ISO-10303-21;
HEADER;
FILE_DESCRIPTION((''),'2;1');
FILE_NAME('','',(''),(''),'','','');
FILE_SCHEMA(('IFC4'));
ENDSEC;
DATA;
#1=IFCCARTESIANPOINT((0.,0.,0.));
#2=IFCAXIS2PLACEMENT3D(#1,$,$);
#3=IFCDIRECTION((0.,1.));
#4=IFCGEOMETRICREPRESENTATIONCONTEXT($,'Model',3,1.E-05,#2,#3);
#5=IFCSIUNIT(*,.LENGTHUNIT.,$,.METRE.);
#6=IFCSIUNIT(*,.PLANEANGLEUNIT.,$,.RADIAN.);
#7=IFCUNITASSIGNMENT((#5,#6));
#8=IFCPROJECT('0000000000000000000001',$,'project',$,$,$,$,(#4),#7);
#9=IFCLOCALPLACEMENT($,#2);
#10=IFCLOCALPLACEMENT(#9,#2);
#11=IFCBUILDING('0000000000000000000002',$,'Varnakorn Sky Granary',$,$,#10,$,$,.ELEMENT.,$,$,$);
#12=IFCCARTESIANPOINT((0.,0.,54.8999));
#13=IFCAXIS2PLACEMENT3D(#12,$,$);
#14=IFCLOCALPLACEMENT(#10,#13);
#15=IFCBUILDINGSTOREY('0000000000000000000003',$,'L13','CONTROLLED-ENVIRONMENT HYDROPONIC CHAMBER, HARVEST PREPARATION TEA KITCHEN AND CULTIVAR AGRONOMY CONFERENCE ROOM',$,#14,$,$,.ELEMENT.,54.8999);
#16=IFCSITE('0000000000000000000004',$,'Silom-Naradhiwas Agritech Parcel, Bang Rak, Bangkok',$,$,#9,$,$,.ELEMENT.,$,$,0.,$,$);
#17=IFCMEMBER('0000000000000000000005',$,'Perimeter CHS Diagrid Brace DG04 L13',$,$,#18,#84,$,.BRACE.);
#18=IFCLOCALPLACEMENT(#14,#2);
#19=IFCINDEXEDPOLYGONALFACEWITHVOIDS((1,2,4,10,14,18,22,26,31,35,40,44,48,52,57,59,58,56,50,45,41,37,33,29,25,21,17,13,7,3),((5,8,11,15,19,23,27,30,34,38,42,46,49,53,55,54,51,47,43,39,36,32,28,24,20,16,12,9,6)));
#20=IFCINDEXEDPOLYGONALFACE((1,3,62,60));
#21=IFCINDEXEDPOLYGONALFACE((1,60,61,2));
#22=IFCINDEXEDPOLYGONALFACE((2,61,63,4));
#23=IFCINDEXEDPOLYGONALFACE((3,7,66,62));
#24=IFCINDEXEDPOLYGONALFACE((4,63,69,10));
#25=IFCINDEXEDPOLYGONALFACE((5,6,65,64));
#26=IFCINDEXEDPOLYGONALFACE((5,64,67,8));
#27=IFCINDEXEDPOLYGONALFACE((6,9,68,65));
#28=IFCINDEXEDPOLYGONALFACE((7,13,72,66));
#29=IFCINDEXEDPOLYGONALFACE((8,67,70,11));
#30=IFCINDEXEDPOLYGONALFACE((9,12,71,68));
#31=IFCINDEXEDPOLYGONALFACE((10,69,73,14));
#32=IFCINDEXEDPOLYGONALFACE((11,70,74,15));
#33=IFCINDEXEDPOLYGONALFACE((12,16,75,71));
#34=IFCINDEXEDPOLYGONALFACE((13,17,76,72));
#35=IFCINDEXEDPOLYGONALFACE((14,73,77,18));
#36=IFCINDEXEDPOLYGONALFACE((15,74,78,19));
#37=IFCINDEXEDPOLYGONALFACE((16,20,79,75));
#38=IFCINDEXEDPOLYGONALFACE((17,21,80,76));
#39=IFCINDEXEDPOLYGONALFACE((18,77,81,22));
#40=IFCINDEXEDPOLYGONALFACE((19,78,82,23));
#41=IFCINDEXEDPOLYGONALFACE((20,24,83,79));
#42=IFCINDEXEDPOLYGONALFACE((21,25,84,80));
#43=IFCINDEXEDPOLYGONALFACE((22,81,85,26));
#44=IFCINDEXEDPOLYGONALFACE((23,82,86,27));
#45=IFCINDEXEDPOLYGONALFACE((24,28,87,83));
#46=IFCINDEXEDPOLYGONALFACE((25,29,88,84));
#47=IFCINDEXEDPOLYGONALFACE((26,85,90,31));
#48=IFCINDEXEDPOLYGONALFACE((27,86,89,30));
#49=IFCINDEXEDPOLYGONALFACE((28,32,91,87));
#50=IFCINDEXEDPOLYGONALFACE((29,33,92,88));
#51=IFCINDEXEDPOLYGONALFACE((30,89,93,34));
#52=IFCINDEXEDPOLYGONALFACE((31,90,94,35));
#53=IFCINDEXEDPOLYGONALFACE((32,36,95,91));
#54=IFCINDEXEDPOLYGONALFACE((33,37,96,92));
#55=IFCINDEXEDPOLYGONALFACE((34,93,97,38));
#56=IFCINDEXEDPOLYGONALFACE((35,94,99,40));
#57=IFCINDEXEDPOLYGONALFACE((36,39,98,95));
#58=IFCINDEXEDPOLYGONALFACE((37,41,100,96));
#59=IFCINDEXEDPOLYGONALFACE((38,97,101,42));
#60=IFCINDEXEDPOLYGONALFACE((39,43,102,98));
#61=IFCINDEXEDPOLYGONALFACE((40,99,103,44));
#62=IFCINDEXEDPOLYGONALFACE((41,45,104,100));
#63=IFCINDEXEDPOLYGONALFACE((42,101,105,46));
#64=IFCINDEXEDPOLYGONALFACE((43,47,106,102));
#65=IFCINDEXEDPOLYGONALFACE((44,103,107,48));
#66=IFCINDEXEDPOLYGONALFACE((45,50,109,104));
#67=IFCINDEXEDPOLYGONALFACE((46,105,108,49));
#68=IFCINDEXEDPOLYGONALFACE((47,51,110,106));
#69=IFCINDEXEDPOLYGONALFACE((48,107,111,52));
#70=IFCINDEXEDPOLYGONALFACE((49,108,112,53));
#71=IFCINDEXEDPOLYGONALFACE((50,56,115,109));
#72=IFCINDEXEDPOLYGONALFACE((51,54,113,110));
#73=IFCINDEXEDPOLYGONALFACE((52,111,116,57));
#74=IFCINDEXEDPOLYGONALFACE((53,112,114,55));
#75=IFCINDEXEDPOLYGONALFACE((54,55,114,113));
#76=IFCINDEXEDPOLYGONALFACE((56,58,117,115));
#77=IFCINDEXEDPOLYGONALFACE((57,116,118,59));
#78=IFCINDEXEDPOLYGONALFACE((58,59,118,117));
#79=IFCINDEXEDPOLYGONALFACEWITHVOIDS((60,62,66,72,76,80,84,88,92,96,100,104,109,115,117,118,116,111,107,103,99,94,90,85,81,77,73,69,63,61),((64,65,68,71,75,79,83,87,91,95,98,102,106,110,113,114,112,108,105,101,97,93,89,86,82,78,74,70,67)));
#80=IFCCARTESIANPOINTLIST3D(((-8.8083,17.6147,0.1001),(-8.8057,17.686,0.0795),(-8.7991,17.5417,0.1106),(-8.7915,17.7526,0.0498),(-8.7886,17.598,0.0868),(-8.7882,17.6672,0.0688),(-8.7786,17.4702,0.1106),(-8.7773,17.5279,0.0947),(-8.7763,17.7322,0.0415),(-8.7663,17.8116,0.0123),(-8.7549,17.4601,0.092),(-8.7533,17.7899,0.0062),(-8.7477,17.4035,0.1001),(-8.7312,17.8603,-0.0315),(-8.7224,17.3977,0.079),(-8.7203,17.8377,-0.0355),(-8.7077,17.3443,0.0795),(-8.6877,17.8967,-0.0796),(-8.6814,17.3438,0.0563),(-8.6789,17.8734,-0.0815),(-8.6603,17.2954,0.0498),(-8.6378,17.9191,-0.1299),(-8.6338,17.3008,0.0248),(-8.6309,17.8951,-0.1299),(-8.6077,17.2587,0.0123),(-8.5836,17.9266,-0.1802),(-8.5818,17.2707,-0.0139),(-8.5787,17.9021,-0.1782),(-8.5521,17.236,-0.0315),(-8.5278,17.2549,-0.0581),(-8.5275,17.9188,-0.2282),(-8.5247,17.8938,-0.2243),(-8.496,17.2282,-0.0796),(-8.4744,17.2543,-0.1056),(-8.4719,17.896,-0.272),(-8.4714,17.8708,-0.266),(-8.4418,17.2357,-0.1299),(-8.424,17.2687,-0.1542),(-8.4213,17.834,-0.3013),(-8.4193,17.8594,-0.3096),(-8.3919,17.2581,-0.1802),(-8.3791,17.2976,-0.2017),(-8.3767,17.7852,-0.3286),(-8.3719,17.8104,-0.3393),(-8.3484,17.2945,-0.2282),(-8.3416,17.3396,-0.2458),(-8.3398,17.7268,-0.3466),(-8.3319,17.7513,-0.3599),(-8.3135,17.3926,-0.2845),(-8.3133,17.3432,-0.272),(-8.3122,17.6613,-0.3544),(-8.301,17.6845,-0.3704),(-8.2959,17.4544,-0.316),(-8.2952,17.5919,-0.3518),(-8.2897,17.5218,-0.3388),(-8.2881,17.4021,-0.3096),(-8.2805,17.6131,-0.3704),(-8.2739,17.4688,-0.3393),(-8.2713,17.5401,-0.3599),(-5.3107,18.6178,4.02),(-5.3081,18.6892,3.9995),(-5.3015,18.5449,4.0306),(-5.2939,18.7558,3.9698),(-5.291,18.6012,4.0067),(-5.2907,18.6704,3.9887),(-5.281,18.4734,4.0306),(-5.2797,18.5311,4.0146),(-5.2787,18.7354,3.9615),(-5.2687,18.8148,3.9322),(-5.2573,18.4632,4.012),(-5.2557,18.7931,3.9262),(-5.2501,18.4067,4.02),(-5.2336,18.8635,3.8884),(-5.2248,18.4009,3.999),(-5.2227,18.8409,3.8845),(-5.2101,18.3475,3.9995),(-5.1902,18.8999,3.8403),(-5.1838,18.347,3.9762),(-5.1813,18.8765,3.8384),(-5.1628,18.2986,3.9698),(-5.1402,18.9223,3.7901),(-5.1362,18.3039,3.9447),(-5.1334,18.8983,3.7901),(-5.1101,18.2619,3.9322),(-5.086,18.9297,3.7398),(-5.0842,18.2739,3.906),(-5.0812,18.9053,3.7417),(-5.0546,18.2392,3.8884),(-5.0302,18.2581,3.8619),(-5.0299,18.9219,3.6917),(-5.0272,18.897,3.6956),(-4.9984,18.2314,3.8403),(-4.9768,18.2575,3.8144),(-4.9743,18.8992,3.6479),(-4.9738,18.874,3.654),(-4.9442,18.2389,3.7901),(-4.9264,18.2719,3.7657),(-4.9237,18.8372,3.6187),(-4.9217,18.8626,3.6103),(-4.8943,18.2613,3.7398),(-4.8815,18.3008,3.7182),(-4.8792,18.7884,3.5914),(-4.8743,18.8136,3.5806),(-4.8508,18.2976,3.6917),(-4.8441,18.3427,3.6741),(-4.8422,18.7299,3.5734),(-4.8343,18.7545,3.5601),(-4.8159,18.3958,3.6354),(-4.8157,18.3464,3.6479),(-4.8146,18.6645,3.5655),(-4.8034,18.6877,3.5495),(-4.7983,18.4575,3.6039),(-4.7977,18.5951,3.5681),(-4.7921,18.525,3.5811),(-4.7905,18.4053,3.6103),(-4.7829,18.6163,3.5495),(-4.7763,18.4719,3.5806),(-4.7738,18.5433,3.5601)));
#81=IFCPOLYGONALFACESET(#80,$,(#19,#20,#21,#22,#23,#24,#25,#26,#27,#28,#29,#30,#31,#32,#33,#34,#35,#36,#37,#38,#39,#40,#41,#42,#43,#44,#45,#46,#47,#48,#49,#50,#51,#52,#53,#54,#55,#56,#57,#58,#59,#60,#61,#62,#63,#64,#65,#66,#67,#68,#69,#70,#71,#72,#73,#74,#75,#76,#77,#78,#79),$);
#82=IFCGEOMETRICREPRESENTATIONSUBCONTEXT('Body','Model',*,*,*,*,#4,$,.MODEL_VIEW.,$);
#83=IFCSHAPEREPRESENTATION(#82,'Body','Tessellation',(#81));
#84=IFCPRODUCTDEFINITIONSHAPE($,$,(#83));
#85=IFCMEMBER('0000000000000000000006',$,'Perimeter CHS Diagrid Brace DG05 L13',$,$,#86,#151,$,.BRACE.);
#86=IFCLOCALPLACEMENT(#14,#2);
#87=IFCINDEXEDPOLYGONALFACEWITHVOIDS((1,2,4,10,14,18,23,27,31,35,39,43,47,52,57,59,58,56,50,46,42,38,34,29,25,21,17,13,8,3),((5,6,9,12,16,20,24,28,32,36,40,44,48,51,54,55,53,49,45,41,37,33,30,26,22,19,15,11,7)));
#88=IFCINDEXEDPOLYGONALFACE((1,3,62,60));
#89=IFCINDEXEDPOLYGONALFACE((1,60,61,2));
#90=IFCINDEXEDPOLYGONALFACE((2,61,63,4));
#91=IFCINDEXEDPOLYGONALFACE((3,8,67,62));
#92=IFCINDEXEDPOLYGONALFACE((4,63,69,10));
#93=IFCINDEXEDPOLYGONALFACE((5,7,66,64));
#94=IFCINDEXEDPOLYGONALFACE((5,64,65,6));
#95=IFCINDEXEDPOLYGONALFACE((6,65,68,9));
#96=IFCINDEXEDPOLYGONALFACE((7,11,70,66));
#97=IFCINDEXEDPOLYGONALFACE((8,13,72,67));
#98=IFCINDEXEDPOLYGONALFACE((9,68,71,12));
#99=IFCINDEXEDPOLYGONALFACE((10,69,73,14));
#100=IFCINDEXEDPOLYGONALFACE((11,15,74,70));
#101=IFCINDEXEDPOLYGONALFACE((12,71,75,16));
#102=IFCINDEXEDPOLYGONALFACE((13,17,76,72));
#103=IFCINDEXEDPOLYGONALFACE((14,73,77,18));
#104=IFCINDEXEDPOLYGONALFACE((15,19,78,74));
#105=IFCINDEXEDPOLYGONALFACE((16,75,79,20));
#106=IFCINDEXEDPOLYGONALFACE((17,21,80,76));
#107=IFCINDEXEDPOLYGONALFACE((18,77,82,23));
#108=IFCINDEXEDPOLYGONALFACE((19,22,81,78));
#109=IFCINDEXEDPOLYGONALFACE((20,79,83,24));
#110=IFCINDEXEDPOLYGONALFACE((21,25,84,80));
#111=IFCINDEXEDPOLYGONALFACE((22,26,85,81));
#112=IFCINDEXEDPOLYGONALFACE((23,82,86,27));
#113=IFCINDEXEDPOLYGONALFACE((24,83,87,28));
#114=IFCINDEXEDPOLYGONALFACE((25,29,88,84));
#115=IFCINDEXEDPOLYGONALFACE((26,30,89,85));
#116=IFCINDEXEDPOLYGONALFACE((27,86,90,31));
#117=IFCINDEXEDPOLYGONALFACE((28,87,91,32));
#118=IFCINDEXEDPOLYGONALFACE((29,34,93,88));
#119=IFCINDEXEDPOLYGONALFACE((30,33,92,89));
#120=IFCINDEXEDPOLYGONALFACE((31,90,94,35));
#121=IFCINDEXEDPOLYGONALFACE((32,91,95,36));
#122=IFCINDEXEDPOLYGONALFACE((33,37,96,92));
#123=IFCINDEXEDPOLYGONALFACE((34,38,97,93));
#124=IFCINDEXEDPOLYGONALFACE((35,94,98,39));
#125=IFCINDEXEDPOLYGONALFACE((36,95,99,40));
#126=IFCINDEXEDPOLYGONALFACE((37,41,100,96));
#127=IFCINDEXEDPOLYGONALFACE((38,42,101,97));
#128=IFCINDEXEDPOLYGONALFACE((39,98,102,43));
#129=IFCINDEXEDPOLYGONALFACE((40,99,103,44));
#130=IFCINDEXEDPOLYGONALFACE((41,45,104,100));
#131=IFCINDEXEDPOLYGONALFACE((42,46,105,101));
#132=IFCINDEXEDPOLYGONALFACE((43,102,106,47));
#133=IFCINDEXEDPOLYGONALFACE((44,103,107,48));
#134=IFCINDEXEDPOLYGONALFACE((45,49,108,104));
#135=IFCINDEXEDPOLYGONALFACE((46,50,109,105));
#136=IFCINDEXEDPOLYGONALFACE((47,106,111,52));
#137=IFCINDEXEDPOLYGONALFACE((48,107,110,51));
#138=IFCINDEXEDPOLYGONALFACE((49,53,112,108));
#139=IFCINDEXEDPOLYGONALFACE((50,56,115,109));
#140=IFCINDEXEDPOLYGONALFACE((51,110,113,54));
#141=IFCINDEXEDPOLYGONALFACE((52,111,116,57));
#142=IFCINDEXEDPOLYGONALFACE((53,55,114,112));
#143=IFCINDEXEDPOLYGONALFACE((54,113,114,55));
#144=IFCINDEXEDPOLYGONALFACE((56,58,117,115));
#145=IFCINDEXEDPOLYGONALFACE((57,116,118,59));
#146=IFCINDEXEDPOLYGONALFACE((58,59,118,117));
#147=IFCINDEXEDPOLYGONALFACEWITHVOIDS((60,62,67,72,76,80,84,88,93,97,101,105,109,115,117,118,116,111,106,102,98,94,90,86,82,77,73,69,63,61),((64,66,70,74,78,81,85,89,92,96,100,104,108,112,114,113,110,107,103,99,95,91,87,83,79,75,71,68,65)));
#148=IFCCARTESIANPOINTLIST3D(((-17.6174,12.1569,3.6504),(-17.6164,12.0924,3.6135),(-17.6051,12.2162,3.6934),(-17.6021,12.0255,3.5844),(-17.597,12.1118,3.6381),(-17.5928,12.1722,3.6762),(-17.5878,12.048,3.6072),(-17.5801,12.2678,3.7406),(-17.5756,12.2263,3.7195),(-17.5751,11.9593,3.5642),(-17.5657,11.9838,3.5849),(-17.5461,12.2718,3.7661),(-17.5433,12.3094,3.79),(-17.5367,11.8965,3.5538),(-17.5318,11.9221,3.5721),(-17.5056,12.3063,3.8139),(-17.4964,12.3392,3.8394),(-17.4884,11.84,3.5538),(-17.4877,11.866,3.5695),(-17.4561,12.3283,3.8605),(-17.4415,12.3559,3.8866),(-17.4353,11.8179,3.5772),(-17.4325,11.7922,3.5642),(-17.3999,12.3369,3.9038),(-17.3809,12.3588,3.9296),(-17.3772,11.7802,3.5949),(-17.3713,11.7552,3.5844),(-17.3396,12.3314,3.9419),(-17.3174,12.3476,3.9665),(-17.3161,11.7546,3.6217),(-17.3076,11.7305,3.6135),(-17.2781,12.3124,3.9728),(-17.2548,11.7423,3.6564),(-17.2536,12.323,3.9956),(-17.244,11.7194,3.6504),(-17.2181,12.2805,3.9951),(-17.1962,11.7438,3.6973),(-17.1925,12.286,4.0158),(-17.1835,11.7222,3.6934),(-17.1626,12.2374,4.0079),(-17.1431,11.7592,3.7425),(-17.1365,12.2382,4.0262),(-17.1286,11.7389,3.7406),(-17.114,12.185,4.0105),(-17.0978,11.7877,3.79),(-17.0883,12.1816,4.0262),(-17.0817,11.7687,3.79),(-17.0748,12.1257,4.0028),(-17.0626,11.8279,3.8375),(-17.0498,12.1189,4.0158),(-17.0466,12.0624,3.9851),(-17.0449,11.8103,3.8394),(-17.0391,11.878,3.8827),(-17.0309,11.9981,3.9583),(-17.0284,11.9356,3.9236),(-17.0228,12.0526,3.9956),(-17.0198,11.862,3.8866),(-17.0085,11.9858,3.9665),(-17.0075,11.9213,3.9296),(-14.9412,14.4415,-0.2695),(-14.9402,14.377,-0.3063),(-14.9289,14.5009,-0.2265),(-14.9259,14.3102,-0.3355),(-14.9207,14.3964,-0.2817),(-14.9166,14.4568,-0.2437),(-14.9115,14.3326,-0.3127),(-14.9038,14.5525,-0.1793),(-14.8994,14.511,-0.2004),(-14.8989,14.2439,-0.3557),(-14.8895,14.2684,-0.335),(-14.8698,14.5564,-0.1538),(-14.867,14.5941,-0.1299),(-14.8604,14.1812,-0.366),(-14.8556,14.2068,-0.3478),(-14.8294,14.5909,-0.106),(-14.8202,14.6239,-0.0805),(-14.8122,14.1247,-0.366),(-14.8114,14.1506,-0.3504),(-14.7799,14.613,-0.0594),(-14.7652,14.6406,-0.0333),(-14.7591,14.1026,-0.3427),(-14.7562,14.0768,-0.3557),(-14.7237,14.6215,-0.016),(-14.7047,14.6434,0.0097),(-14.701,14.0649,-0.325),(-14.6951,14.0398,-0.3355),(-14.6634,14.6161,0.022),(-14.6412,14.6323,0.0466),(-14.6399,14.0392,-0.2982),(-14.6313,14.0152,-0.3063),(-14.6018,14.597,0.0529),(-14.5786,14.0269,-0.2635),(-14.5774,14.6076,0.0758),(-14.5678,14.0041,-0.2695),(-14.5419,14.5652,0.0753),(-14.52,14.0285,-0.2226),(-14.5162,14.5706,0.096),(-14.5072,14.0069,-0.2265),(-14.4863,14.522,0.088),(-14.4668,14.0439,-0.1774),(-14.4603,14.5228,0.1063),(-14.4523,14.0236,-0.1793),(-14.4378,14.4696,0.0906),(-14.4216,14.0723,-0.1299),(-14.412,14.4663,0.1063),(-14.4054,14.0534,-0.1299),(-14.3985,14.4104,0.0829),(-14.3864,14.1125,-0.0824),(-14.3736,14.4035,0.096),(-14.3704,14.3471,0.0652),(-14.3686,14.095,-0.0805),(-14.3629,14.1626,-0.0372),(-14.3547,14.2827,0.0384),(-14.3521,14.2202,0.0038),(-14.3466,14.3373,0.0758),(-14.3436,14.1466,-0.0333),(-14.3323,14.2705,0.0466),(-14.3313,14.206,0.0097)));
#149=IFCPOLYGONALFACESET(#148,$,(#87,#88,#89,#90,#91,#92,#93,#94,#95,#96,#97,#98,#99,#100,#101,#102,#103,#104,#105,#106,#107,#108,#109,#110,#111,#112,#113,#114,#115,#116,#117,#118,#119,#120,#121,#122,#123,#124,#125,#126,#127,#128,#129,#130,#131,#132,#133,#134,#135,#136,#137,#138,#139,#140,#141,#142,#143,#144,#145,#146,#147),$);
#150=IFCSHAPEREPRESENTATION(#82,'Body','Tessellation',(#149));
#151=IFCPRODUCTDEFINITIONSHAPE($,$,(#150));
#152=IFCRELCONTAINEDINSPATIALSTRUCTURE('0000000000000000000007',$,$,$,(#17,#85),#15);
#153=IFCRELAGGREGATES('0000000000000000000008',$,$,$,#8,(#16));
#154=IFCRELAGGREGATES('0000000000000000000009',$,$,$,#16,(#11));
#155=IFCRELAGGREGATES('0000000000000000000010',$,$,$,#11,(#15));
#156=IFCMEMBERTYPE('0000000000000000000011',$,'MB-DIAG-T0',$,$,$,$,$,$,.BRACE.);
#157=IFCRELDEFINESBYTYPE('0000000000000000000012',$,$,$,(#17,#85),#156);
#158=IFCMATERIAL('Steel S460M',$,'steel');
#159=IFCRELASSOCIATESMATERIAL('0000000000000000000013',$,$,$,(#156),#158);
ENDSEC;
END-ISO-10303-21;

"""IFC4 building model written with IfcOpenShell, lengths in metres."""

from ifc_helpers import new_model, si_unit, direction, frame, origin, origin_2d, place, context, subcontext, project, spatial, hollow_circle, extrude, material, material_profile, profile_set, type_object, element, save


model = new_model("IFC4")

# Units and contexts
model_context = context("Model", 3, precision=1e-05, world=origin(), true_north=direction((0.0, 1.0)))
body_context = subcontext(model_context, "Body", "Model", "MODEL_VIEW")
ifc_project = project(units=[si_unit("LENGTHUNIT", "METRE"), si_unit("PLANEANGLEUNIT", "RADIAN")], contexts=[model_context])

# Site, building, storey
site_placement = place(None, origin())
site = spatial("IfcSite", under=ifc_project, at=site_placement, Name="Silom-Naradhiwas Agritech Parcel, Bang Rak, Bangkok", CompositionType="ELEMENT", RefElevation=0.0)
building_placement = place(site_placement, origin())
building = spatial("IfcBuilding", under=site, at=building_placement, Name="Varnakorn Sky Granary", CompositionType="ELEMENT")
storey_placement = place(building_placement, frame((0.0, 0.0, 54.8999)))
storey = spatial("IfcBuildingStorey", under=building, at=storey_placement, Name="L13", Description="CONTROLLED-ENVIRONMENT HYDROPONIC CHAMBER, HARVEST PREPARATION TEA KITCHEN AND CULTIVAR AGRONOMY CONFERENCE ROOM", CompositionType="ELEMENT", Elevation=54.8999)

# Shared definitions
ifc_material_1 = material(Name="Steel S460M", Category="steel")

# Members
ifc_material_profile_1 = material_profile(ifc_material_1, hollow_circle(Radius=0.3555, WallThickness=0.0249, at=origin_2d()), Name="CHS 711x25")
ifc_profile_set_1 = profile_set([ifc_material_profile_1], Name="Steel S460M")
member_type_1 = type_object("IfcMemberType", Name="MB-DIAG-T0", PredefinedType="BRACE", material=ifc_profile_set_1)
member_1_placement = place(storey_placement, frame((-8.5398, 17.5774, -0.1299), z_axis=(0.653949, 0.187566, 0.732919), x_axis=(-0.275705, 0.961242, 0.0)))
element("IfcMember", 1, at=member_1_placement, inside=storey, type_object=member_type_1, Name="Perimeter CHS Diagrid Brace DG04 L13", PredefinedType="BRACE", context=body_context, shape_type="SweptSolid", body=[
    extrude(hollow_circle(Radius=0.3555, WallThickness=0.0249, at=origin_2d()), origin(), (0.0, 0.0, 1.0), 5.3484),
])
member_2_placement = place(storey_placement, frame((-14.6362, 14.3237, -0.1299), z_axis=(-0.50806, -0.433718, 0.744153), x_axis=(0.64927, -0.760558, 0.0)))
element("IfcMember", 2, at=member_2_placement, inside=storey, type_object=member_type_1, Name="Perimeter CHS Diagrid Brace DG05 L13", PredefinedType="BRACE", context=body_context, shape_type="SweptSolid", body=[
    extrude(hollow_circle(Radius=0.3555, WallThickness=0.0249, at=origin_2d()), origin(), (0.0, 0.0, 1.0), 5.2676),
])

save(model, "model.ifc")
